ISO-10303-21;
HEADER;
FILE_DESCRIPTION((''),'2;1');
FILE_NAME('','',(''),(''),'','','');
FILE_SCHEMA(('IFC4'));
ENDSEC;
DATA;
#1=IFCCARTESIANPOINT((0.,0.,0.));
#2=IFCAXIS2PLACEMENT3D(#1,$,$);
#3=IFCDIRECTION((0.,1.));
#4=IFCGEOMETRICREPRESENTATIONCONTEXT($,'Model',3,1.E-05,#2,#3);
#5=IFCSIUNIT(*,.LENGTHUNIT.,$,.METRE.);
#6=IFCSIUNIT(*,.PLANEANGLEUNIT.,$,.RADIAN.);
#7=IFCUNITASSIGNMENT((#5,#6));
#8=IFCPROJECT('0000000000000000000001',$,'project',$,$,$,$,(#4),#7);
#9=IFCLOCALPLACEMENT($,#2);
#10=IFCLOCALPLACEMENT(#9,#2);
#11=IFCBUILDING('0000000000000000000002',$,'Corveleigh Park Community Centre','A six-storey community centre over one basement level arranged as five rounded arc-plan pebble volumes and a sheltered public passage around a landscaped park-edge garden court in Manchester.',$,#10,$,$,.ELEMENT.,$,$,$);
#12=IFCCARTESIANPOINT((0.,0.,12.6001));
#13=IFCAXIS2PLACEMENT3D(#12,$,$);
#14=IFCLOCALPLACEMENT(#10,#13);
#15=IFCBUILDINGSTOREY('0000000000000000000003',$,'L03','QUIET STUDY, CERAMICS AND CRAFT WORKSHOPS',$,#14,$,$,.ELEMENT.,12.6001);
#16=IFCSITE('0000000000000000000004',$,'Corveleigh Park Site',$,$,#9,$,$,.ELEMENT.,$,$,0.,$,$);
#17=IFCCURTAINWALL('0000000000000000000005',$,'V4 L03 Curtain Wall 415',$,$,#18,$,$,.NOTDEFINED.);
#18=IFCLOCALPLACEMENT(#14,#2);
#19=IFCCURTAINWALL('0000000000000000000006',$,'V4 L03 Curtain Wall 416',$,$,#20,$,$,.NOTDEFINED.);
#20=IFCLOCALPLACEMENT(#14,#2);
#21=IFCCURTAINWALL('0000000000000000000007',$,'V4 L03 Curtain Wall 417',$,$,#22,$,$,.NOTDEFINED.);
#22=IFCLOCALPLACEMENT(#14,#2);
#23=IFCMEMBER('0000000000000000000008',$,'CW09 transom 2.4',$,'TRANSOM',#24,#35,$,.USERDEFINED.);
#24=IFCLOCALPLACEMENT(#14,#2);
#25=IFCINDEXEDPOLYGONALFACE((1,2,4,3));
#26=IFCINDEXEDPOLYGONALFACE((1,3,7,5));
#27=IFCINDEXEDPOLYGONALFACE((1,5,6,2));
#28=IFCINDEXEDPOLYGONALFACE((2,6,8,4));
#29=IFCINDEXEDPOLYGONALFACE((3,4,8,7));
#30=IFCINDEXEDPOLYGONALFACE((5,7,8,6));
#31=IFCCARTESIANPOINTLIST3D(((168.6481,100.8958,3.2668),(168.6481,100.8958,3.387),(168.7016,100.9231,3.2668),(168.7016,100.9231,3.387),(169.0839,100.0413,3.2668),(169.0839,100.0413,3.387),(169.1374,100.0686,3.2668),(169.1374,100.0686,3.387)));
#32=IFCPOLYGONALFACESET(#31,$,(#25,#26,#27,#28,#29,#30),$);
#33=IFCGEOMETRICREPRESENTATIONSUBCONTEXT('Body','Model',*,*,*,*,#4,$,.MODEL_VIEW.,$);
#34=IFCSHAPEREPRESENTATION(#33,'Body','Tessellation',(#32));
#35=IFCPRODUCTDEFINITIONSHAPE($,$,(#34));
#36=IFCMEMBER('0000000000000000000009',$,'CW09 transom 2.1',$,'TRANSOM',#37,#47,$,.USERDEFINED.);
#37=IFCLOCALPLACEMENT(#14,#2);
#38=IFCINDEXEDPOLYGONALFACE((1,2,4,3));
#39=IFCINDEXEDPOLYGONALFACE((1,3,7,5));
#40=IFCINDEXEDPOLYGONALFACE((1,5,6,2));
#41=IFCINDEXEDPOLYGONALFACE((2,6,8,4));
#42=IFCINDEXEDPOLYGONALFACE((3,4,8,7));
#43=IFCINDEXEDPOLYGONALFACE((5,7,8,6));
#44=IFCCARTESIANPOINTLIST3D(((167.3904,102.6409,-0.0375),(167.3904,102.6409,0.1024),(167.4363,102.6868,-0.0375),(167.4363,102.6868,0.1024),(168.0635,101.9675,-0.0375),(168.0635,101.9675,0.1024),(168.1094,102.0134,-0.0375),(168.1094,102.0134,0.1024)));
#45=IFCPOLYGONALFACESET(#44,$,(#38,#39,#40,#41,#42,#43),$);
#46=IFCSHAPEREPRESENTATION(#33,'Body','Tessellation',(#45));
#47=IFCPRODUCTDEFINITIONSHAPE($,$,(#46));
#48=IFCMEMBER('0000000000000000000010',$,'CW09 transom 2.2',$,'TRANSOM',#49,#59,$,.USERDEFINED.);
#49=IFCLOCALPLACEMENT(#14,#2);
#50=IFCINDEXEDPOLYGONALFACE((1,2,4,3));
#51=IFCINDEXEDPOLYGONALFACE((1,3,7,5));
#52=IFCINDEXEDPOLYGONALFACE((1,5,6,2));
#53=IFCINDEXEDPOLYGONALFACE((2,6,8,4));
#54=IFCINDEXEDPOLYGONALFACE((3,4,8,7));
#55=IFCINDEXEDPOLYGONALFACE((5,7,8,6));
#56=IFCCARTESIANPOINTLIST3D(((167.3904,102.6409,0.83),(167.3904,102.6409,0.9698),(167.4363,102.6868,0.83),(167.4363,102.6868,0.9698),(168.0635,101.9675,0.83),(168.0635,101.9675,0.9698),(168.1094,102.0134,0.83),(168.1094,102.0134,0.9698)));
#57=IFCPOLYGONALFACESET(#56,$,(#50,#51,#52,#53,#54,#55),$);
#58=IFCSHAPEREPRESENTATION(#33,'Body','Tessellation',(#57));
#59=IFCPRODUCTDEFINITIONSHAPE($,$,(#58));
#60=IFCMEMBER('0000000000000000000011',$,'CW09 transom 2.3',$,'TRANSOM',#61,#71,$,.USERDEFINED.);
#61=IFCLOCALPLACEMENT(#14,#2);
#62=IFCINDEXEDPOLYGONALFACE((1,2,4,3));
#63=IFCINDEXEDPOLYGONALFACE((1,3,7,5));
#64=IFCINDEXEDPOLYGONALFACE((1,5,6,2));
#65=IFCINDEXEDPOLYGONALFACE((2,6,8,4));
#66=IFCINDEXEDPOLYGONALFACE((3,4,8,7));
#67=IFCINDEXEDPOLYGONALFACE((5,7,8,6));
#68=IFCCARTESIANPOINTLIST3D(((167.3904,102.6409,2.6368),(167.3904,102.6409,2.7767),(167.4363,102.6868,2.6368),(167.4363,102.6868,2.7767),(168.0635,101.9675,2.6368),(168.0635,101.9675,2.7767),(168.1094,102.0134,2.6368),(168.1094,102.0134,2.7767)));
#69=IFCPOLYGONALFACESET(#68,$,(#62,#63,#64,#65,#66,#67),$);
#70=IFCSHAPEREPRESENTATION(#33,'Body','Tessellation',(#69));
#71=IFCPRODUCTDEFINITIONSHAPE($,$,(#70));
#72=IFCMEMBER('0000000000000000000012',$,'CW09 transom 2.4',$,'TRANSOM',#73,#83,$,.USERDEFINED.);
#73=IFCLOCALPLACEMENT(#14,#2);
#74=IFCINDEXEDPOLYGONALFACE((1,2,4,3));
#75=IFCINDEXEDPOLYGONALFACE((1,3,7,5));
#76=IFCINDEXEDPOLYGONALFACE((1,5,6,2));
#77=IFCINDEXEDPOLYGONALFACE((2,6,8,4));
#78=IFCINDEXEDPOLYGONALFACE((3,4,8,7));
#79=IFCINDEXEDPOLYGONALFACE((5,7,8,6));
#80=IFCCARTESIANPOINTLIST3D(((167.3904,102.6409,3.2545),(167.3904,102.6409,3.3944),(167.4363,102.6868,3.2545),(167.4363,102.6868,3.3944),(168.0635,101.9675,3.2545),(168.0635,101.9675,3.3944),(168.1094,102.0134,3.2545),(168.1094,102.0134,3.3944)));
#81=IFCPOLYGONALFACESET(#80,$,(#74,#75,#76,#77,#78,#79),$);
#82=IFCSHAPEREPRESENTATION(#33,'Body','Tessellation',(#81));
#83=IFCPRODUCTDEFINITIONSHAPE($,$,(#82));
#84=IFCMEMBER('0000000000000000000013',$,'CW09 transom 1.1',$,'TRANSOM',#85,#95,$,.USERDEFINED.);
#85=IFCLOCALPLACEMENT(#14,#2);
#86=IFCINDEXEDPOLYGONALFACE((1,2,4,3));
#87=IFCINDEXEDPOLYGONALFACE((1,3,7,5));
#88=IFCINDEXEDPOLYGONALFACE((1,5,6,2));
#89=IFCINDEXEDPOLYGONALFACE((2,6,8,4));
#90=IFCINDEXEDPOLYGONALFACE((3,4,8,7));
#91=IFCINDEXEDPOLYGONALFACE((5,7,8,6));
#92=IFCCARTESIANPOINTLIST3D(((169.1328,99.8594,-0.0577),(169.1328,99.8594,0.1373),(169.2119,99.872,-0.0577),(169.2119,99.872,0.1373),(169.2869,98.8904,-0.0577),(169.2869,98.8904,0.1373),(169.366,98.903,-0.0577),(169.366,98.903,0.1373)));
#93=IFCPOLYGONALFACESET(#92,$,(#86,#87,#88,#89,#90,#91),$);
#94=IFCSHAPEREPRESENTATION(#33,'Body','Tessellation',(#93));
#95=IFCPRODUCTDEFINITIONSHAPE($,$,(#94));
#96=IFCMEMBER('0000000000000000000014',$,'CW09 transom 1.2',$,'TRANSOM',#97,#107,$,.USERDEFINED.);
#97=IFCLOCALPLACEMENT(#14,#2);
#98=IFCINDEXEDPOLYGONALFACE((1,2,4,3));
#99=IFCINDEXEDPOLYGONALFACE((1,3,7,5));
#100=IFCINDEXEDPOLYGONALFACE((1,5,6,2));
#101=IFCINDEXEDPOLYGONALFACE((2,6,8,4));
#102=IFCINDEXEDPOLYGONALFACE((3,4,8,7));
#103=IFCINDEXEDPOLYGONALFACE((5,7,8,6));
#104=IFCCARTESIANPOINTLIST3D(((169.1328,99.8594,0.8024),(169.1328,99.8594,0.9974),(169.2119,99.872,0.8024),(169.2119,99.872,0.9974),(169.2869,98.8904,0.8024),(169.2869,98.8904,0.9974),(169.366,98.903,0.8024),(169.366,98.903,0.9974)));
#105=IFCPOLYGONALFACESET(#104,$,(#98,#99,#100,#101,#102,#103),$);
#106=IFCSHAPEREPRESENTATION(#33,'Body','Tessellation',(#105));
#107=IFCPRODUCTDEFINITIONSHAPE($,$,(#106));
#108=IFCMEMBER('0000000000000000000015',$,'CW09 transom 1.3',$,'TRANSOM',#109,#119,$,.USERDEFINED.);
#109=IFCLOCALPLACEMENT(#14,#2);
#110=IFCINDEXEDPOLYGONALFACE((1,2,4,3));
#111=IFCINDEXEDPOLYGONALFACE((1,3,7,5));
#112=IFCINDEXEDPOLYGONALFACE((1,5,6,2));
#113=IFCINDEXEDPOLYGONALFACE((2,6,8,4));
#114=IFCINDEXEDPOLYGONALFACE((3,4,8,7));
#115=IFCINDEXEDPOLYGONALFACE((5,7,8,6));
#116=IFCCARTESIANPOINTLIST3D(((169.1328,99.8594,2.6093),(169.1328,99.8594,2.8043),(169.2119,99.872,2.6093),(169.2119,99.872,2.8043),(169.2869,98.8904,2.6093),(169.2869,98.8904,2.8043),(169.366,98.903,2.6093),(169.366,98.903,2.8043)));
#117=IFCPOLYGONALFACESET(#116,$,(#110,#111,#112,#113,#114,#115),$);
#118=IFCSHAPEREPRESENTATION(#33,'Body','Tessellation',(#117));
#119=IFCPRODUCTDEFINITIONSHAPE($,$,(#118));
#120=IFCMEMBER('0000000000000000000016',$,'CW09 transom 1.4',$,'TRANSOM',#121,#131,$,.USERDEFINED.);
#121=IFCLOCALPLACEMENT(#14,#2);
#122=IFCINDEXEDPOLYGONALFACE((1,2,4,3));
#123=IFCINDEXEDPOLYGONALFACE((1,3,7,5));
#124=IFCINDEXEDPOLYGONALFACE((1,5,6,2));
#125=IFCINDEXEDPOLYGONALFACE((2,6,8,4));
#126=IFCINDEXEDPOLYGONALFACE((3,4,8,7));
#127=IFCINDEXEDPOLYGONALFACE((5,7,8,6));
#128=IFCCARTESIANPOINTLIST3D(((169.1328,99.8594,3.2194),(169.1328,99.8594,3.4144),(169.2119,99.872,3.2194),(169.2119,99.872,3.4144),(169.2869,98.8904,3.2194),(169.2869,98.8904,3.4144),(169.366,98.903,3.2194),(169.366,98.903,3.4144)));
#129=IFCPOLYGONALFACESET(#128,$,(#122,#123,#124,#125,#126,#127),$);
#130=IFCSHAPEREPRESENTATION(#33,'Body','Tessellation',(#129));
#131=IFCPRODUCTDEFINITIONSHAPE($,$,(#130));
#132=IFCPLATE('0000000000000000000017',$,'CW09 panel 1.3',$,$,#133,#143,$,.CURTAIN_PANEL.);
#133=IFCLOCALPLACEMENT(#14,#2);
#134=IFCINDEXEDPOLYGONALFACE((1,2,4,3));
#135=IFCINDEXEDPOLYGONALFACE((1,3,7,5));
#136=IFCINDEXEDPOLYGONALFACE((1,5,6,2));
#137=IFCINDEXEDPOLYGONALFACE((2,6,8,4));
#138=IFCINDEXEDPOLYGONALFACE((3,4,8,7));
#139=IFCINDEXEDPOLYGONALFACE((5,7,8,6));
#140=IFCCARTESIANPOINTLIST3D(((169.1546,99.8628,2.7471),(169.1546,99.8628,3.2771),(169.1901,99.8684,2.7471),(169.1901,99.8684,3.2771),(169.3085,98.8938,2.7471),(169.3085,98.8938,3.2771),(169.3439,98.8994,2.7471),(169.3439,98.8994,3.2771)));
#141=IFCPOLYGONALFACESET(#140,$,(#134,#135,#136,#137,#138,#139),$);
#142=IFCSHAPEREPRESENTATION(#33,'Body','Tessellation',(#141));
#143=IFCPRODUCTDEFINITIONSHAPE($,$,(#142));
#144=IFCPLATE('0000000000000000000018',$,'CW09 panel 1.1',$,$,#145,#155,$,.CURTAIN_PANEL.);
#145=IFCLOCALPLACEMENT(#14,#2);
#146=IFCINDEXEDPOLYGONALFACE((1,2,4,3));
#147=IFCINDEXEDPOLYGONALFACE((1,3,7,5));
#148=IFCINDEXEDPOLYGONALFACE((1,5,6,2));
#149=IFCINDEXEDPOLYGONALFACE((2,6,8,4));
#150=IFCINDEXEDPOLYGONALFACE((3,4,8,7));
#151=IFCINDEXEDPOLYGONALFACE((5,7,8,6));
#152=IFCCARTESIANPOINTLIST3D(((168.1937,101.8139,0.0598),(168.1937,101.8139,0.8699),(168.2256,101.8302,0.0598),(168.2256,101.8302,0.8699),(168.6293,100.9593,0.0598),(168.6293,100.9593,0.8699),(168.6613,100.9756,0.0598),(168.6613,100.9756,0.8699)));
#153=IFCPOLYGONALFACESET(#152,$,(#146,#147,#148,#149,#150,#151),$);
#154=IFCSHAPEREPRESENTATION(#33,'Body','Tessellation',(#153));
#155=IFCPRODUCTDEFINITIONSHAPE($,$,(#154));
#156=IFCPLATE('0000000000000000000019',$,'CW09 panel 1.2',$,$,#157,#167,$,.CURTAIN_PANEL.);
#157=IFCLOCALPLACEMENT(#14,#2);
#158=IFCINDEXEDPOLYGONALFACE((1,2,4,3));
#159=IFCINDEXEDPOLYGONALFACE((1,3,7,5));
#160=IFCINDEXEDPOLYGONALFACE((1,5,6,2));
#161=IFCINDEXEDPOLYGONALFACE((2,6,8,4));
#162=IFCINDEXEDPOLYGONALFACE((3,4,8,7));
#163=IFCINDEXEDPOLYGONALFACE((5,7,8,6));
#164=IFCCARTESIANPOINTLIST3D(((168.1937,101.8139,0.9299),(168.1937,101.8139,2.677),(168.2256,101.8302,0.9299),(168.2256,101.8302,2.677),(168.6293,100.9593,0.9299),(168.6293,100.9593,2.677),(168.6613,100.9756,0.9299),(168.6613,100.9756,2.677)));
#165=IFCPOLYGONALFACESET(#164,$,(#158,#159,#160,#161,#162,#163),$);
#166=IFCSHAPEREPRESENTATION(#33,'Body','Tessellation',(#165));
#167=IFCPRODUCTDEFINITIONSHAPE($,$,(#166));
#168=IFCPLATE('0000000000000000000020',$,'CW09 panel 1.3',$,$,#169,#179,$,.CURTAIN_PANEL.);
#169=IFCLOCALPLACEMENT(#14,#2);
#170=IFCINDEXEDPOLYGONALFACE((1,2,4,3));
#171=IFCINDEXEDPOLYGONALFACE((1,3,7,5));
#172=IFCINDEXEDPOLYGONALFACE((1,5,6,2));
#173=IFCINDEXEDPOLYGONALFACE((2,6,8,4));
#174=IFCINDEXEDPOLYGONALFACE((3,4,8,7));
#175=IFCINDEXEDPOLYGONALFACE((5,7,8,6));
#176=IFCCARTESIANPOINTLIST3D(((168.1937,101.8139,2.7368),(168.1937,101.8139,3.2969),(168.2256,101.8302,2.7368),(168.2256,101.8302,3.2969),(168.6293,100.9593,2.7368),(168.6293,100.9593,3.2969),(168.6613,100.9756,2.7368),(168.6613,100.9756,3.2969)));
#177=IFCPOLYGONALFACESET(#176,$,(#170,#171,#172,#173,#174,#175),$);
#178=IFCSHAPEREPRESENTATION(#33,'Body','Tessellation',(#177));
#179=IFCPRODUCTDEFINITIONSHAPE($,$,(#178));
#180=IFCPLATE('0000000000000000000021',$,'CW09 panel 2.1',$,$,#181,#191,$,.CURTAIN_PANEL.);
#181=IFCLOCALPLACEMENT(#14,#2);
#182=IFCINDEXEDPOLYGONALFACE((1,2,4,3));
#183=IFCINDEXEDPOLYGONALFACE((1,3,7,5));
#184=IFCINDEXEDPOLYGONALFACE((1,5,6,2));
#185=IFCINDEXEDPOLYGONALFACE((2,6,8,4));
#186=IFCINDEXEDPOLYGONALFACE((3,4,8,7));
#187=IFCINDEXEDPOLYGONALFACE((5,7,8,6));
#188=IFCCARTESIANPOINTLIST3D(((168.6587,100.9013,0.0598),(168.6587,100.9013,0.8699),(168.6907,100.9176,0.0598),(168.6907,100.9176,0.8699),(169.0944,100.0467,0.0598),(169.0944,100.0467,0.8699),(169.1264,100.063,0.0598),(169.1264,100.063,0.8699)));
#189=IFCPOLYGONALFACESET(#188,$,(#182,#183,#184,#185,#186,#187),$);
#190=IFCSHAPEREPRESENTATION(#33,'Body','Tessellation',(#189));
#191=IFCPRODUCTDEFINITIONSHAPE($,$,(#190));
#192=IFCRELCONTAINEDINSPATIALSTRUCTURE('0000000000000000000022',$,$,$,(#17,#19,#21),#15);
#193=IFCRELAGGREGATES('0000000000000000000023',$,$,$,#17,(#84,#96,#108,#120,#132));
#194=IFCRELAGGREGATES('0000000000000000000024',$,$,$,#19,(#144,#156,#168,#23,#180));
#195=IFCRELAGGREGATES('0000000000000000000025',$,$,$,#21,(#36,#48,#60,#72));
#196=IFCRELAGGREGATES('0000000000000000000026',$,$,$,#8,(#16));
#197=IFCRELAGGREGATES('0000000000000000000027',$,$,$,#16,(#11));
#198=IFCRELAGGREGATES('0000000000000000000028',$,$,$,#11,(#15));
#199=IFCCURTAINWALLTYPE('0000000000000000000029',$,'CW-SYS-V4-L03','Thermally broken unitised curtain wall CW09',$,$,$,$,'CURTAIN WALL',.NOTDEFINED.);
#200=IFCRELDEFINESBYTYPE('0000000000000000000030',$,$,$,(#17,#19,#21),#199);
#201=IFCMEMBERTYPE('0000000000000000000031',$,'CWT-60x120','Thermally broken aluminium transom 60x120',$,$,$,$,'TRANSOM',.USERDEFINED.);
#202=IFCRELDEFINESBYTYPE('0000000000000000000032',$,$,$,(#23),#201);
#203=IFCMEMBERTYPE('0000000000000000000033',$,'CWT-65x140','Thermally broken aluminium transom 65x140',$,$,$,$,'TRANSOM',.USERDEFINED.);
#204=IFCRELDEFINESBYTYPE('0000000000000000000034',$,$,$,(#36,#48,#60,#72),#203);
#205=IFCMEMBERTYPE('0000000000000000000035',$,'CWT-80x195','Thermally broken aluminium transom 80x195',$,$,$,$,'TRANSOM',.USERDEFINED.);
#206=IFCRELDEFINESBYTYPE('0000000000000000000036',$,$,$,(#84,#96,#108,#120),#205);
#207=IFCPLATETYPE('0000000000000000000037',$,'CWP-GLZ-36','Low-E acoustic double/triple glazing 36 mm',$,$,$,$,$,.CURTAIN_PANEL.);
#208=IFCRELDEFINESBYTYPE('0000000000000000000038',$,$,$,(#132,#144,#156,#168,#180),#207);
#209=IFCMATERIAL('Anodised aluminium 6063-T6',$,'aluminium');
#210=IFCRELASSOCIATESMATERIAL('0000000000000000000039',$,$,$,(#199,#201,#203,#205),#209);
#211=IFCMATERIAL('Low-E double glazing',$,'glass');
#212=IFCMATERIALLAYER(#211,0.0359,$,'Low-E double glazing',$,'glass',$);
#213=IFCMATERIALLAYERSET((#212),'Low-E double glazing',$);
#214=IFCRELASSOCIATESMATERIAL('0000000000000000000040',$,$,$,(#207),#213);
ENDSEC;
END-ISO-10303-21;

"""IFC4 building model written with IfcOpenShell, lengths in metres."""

from ifc_helpers import new_model, si_unit, direction, frame, origin, origin_2d, place, context, subcontext, project, spatial, rectangle, extrude, material, layer, layer_set, material_profile, profile_set, type_object, element, aggregate, save


model = new_model("IFC4")

# Units and contexts
model_context = context("Model", 3, precision=1e-05, world=origin(), true_north=direction((0.0, 1.0)))
body_context = subcontext(model_context, "Body", "Model", "MODEL_VIEW")
ifc_project = project(units=[si_unit("LENGTHUNIT", "METRE"), si_unit("PLANEANGLEUNIT", "RADIAN")], contexts=[model_context])

# Site, building, storey
site_placement = place(None, origin())
site = spatial("IfcSite", under=ifc_project, at=site_placement, Name="Corveleigh Park Site", CompositionType="ELEMENT", RefElevation=0.0)
building_placement = place(site_placement, origin())
building = spatial("IfcBuilding", under=site, at=building_placement, Name="Corveleigh Park Community Centre", Description="A six-storey community centre over one basement level arranged as five rounded arc-plan pebble volumes and a sheltered public passage around a landscaped park-edge garden court in Manchester.", CompositionType="ELEMENT")
storey_placement = place(building_placement, frame((0.0, 0.0, 12.6001)))
storey = spatial("IfcBuildingStorey", under=building, at=storey_placement, Name="L03", Description="QUIET STUDY, CERAMICS AND CRAFT WORKSHOPS", CompositionType="ELEMENT", Elevation=12.6001)

# Curtain wall
ifc_material_1 = material(Name="Anodised aluminium 6063-T6", Category="aluminium")
curtain_wall_type = type_object("IfcCurtainWallType", Name="CW-SYS-V4-L03", Description="Thermally broken unitised curtain wall CW09", ElementType="CURTAIN WALL", PredefinedType="NOTDEFINED", material=ifc_material_1)
curtain_wall_1_placement = place(storey_placement, origin())
curtain_wall_1 = element("IfcCurtainWall", 1, at=curtain_wall_1_placement, inside=storey, type_object=curtain_wall_type, Name="V4 L03 Curtain Wall 415", PredefinedType="NOTDEFINED")

# Curtain wall
curtain_wall_2_placement = place(storey_placement, origin())
curtain_wall_2 = element("IfcCurtainWall", 2, at=curtain_wall_2_placement, inside=storey, type_object=curtain_wall_type, Name="V4 L03 Curtain Wall 416", PredefinedType="NOTDEFINED")

# Curtain wall
curtain_wall_3_placement = place(storey_placement, origin())
curtain_wall_3 = element("IfcCurtainWall", 3, at=curtain_wall_3_placement, inside=storey, type_object=curtain_wall_type, Name="V4 L03 Curtain Wall 417", PredefinedType="NOTDEFINED")

# Members
ifc_material_profile_1 = material_profile(ifc_material_1, rectangle(XDim=0.0601, YDim=0.1201, at=origin_2d()), Name="ALU-T60x120", Category="aluminium")
ifc_profile_set_1 = profile_set([ifc_material_profile_1], Name="Anodised aluminium 6063-T6")
member_type_1 = type_object("IfcMemberType", Name="CWT-60x120", Description="Thermally broken aluminium transom 60x120", ElementType="TRANSOM", PredefinedType="USERDEFINED", material=ifc_profile_set_1)
member_1_placement = place(storey_placement, frame((168.6748, 100.9094, 3.3269), z_axis=(0.454326, -0.890835, 0.0), x_axis=(0.890835, 0.454326, 0.0)))
member_1 = element("IfcMember", 4, at=member_1_placement, type_object=member_type_1, Name="CW09 transom 2.4", ObjectType="TRANSOM", PredefinedType="USERDEFINED", context=body_context, shape_type="SweptSolid", body=[
    extrude(rectangle(XDim=0.0601, YDim=0.1201, at=origin_2d()), origin(), (0.0, 0.0, 1.0), 0.9592),
])
ifc_material_profile_2 = material_profile(ifc_material_1, rectangle(XDim=0.0649, YDim=0.1399, at=origin_2d()), Name="ALU-T65x140", Category="aluminium")
ifc_profile_set_2 = profile_set([ifc_material_profile_2], Name="Anodised aluminium 6063-T6")
member_type_2 = type_object("IfcMemberType", Name="CWT-65x140", Description="Thermally broken aluminium transom 65x140", ElementType="TRANSOM", PredefinedType="USERDEFINED", material=ifc_profile_set_2)
member_2_placement = place(storey_placement, frame((167.4133, 102.6638, 0.0325), z_axis=(0.706979, -0.707235, 0.0), x_axis=(0.707235, 0.706979, 0.0)))
member_2 = element("IfcMember", 5, at=member_2_placement, type_object=member_type_2, Name="CW09 transom 2.1", ObjectType="TRANSOM", PredefinedType="USERDEFINED", context=body_context, shape_type="SweptSolid", body=[
    extrude(rectangle(XDim=0.0649, YDim=0.1399, at=origin_2d()), origin(), (0.0, 0.0, 1.0), 0.9521),
])
member_3_placement = place(storey_placement, frame((167.4133, 102.6638, 0.8999), z_axis=(0.706979, -0.707235, 0.0), x_axis=(0.707235, 0.706979, 0.0)))
member_3 = element("IfcMember", 6, at=member_3_placement, type_object=member_type_2, Name="CW09 transom 2.2", ObjectType="TRANSOM", PredefinedType="USERDEFINED", context=body_context, shape_type="SweptSolid", body=[
    extrude(rectangle(XDim=0.0649, YDim=0.1399, at=origin_2d()), origin(), (0.0, 0.0, 1.0), 0.9521),
])
member_4_placement = place(storey_placement, frame((167.4133, 102.6638, 2.7068), z_axis=(0.706979, -0.707235, 0.0), x_axis=(0.707235, 0.706979, 0.0)))
member_4 = element("IfcMember", 7, at=member_4_placement, type_object=member_type_2, Name="CW09 transom 2.3", ObjectType="TRANSOM", PredefinedType="USERDEFINED", context=body_context, shape_type="SweptSolid", body=[
    extrude(rectangle(XDim=0.0649, YDim=0.1399, at=origin_2d()), origin(), (0.0, 0.0, 1.0), 0.9521),
])
member_5_placement = place(storey_placement, frame((167.4133, 102.6638, 3.3245), z_axis=(0.706979, -0.707235, 0.0), x_axis=(0.707235, 0.706979, 0.0)))
member_5 = element("IfcMember", 8, at=member_5_placement, type_object=member_type_2, Name="CW09 transom 2.4", ObjectType="TRANSOM", PredefinedType="USERDEFINED", context=body_context, shape_type="SweptSolid", body=[
    extrude(rectangle(XDim=0.0649, YDim=0.1399, at=origin_2d()), origin(), (0.0, 0.0, 1.0), 0.9521),
])
ifc_material_profile_3 = material_profile(ifc_material_1, rectangle(XDim=0.0801, YDim=0.1951, at=origin_2d()), Name="ALU-T80x195", Category="aluminium")
ifc_profile_set_3 = profile_set([ifc_material_profile_3], Name="Anodised aluminium 6063-T6")
member_type_3 = type_object("IfcMemberType", Name="CWT-80x195", Description="Thermally broken aluminium transom 80x195", ElementType="TRANSOM", PredefinedType="USERDEFINED", material=ifc_profile_set_3)
member_6_placement = place(storey_placement, frame((169.1724, 99.8657, 0.0398), z_axis=(0.15701, -0.987597, 0.0), x_axis=(0.987597, 0.15701, 0.0)))
member_6 = element("IfcMember", 9, at=member_6_placement, type_object=member_type_3, Name="CW09 transom 1.1", ObjectType="TRANSOM", PredefinedType="USERDEFINED", context=body_context, shape_type="SweptSolid", body=[
    extrude(rectangle(XDim=0.0801, YDim=0.1951, at=origin_2d()), origin(), (0.0, 0.0, 1.0), 0.9812),
])
member_7_placement = place(storey_placement, frame((169.1724, 99.8657, 0.8999), z_axis=(0.15701, -0.987597, 0.0), x_axis=(0.987597, 0.15701, 0.0)))
member_7 = element("IfcMember", 10, at=member_7_placement, type_object=member_type_3, Name="CW09 transom 1.2", ObjectType="TRANSOM", PredefinedType="USERDEFINED", context=body_context, shape_type="SweptSolid", body=[
    extrude(rectangle(XDim=0.0801, YDim=0.1951, at=origin_2d()), origin(), (0.0, 0.0, 1.0), 0.9812),
])
member_8_placement = place(storey_placement, frame((169.1724, 99.8657, 2.7068), z_axis=(0.15701, -0.987597, 0.0), x_axis=(0.987597, 0.15701, 0.0)))
member_8 = element("IfcMember", 11, at=member_8_placement, type_object=member_type_3, Name="CW09 transom 1.3", ObjectType="TRANSOM", PredefinedType="USERDEFINED", context=body_context, shape_type="SweptSolid", body=[
    extrude(rectangle(XDim=0.0801, YDim=0.1951, at=origin_2d()), origin(), (0.0, 0.0, 1.0), 0.9812),
])
member_9_placement = place(storey_placement, frame((169.1724, 99.8657, 3.3169), z_axis=(0.15701, -0.987597, 0.0), x_axis=(0.987597, 0.15701, 0.0)))
member_9 = element("IfcMember", 12, at=member_9_placement, type_object=member_type_3, Name="CW09 transom 1.4", ObjectType="TRANSOM", PredefinedType="USERDEFINED", context=body_context, shape_type="SweptSolid", body=[
    extrude(rectangle(XDim=0.0801, YDim=0.1951, at=origin_2d()), origin(), (0.0, 0.0, 1.0), 0.9812),
])

# Plates
ifc_material_2 = material(Name="Low-E double glazing", Category="glass")
ifc_layer_1 = layer(ifc_material_2, 0.0359, Name="Low-E double glazing", Category="glass")
ifc_layer_set_1 = layer_set([ifc_layer_1], Name="Low-E double glazing")
plate_type_1 = type_object("IfcPlateType", Name="CWP-GLZ-36", Description="Low-E acoustic double/triple glazing 36 mm", PredefinedType="CURTAIN_PANEL", material=ifc_layer_set_1)
plate_1_placement = place(storey_placement, frame((169.2493, 99.3811, 2.7471), z_axis=(0.0, 0.0, 1.0), x_axis=(0.156825, -0.987626, 0.0)))
plate_1 = element("IfcPlate", 13, at=plate_1_placement, type_object=plate_type_1, Name="CW09 panel 1.3", PredefinedType="CURTAIN_PANEL", context=body_context, shape_type="SweptSolid", body=[
    extrude(rectangle(XDim=0.9812, YDim=0.0359, at=origin_2d()), origin(), (0.0, 0.0, 1.0), 0.53),
])
aggregate(curtain_wall_1, [member_6, member_7, member_8, member_9, plate_1])
plate_2_placement = place(storey_placement, frame((168.4275, 101.3948, 0.0598), z_axis=(0.0, 0.0, 1.0), x_axis=(0.454202, -0.890899, 0.0)))
plate_2 = element("IfcPlate", 14, at=plate_2_placement, type_object=plate_type_1, Name="CW09 panel 1.1", PredefinedType="CURTAIN_PANEL", context=body_context, shape_type="SweptSolid", body=[
    extrude(rectangle(XDim=0.9592, YDim=0.0359, at=origin_2d()), origin(), (0.0, 0.0, 1.0), 0.8101),
])
plate_3_placement = place(storey_placement, frame((168.4275, 101.3948, 0.9299), z_axis=(0.0, 0.0, 1.0), x_axis=(0.454202, -0.890899, 0.0)))
plate_3 = element("IfcPlate", 15, at=plate_3_placement, type_object=plate_type_1, Name="CW09 panel 1.2", PredefinedType="CURTAIN_PANEL", context=body_context, shape_type="SweptSolid", body=[
    extrude(rectangle(XDim=0.9592, YDim=0.0359, at=origin_2d()), origin(), (0.0, 0.0, 1.0), 1.7471),
])
plate_4_placement = place(storey_placement, frame((168.4275, 101.3948, 2.7368), z_axis=(0.0, 0.0, 1.0), x_axis=(0.454202, -0.890899, 0.0)))
plate_4 = element("IfcPlate", 16, at=plate_4_placement, type_object=plate_type_1, Name="CW09 panel 1.3", PredefinedType="CURTAIN_PANEL", context=body_context, shape_type="SweptSolid", body=[
    extrude(rectangle(XDim=0.9592, YDim=0.0359, at=origin_2d()), origin(), (0.0, 0.0, 1.0), 0.5601),
])
plate_5_placement = place(storey_placement, frame((168.8926, 100.4822, 0.0598), z_axis=(0.0, 0.0, 1.0), x_axis=(0.454202, -0.890899, 0.0)))
plate_5 = element("IfcPlate", 17, at=plate_5_placement, type_object=plate_type_1, Name="CW09 panel 2.1", PredefinedType="CURTAIN_PANEL", context=body_context, shape_type="SweptSolid", body=[
    extrude(rectangle(XDim=0.9592, YDim=0.0359, at=origin_2d()), origin(), (0.0, 0.0, 1.0), 0.8101),
])
aggregate(curtain_wall_2, [plate_2, plate_3, plate_4, member_1, plate_5])
aggregate(curtain_wall_3, [member_2, member_3, member_4, member_5])

save(model, "model.ifc")
